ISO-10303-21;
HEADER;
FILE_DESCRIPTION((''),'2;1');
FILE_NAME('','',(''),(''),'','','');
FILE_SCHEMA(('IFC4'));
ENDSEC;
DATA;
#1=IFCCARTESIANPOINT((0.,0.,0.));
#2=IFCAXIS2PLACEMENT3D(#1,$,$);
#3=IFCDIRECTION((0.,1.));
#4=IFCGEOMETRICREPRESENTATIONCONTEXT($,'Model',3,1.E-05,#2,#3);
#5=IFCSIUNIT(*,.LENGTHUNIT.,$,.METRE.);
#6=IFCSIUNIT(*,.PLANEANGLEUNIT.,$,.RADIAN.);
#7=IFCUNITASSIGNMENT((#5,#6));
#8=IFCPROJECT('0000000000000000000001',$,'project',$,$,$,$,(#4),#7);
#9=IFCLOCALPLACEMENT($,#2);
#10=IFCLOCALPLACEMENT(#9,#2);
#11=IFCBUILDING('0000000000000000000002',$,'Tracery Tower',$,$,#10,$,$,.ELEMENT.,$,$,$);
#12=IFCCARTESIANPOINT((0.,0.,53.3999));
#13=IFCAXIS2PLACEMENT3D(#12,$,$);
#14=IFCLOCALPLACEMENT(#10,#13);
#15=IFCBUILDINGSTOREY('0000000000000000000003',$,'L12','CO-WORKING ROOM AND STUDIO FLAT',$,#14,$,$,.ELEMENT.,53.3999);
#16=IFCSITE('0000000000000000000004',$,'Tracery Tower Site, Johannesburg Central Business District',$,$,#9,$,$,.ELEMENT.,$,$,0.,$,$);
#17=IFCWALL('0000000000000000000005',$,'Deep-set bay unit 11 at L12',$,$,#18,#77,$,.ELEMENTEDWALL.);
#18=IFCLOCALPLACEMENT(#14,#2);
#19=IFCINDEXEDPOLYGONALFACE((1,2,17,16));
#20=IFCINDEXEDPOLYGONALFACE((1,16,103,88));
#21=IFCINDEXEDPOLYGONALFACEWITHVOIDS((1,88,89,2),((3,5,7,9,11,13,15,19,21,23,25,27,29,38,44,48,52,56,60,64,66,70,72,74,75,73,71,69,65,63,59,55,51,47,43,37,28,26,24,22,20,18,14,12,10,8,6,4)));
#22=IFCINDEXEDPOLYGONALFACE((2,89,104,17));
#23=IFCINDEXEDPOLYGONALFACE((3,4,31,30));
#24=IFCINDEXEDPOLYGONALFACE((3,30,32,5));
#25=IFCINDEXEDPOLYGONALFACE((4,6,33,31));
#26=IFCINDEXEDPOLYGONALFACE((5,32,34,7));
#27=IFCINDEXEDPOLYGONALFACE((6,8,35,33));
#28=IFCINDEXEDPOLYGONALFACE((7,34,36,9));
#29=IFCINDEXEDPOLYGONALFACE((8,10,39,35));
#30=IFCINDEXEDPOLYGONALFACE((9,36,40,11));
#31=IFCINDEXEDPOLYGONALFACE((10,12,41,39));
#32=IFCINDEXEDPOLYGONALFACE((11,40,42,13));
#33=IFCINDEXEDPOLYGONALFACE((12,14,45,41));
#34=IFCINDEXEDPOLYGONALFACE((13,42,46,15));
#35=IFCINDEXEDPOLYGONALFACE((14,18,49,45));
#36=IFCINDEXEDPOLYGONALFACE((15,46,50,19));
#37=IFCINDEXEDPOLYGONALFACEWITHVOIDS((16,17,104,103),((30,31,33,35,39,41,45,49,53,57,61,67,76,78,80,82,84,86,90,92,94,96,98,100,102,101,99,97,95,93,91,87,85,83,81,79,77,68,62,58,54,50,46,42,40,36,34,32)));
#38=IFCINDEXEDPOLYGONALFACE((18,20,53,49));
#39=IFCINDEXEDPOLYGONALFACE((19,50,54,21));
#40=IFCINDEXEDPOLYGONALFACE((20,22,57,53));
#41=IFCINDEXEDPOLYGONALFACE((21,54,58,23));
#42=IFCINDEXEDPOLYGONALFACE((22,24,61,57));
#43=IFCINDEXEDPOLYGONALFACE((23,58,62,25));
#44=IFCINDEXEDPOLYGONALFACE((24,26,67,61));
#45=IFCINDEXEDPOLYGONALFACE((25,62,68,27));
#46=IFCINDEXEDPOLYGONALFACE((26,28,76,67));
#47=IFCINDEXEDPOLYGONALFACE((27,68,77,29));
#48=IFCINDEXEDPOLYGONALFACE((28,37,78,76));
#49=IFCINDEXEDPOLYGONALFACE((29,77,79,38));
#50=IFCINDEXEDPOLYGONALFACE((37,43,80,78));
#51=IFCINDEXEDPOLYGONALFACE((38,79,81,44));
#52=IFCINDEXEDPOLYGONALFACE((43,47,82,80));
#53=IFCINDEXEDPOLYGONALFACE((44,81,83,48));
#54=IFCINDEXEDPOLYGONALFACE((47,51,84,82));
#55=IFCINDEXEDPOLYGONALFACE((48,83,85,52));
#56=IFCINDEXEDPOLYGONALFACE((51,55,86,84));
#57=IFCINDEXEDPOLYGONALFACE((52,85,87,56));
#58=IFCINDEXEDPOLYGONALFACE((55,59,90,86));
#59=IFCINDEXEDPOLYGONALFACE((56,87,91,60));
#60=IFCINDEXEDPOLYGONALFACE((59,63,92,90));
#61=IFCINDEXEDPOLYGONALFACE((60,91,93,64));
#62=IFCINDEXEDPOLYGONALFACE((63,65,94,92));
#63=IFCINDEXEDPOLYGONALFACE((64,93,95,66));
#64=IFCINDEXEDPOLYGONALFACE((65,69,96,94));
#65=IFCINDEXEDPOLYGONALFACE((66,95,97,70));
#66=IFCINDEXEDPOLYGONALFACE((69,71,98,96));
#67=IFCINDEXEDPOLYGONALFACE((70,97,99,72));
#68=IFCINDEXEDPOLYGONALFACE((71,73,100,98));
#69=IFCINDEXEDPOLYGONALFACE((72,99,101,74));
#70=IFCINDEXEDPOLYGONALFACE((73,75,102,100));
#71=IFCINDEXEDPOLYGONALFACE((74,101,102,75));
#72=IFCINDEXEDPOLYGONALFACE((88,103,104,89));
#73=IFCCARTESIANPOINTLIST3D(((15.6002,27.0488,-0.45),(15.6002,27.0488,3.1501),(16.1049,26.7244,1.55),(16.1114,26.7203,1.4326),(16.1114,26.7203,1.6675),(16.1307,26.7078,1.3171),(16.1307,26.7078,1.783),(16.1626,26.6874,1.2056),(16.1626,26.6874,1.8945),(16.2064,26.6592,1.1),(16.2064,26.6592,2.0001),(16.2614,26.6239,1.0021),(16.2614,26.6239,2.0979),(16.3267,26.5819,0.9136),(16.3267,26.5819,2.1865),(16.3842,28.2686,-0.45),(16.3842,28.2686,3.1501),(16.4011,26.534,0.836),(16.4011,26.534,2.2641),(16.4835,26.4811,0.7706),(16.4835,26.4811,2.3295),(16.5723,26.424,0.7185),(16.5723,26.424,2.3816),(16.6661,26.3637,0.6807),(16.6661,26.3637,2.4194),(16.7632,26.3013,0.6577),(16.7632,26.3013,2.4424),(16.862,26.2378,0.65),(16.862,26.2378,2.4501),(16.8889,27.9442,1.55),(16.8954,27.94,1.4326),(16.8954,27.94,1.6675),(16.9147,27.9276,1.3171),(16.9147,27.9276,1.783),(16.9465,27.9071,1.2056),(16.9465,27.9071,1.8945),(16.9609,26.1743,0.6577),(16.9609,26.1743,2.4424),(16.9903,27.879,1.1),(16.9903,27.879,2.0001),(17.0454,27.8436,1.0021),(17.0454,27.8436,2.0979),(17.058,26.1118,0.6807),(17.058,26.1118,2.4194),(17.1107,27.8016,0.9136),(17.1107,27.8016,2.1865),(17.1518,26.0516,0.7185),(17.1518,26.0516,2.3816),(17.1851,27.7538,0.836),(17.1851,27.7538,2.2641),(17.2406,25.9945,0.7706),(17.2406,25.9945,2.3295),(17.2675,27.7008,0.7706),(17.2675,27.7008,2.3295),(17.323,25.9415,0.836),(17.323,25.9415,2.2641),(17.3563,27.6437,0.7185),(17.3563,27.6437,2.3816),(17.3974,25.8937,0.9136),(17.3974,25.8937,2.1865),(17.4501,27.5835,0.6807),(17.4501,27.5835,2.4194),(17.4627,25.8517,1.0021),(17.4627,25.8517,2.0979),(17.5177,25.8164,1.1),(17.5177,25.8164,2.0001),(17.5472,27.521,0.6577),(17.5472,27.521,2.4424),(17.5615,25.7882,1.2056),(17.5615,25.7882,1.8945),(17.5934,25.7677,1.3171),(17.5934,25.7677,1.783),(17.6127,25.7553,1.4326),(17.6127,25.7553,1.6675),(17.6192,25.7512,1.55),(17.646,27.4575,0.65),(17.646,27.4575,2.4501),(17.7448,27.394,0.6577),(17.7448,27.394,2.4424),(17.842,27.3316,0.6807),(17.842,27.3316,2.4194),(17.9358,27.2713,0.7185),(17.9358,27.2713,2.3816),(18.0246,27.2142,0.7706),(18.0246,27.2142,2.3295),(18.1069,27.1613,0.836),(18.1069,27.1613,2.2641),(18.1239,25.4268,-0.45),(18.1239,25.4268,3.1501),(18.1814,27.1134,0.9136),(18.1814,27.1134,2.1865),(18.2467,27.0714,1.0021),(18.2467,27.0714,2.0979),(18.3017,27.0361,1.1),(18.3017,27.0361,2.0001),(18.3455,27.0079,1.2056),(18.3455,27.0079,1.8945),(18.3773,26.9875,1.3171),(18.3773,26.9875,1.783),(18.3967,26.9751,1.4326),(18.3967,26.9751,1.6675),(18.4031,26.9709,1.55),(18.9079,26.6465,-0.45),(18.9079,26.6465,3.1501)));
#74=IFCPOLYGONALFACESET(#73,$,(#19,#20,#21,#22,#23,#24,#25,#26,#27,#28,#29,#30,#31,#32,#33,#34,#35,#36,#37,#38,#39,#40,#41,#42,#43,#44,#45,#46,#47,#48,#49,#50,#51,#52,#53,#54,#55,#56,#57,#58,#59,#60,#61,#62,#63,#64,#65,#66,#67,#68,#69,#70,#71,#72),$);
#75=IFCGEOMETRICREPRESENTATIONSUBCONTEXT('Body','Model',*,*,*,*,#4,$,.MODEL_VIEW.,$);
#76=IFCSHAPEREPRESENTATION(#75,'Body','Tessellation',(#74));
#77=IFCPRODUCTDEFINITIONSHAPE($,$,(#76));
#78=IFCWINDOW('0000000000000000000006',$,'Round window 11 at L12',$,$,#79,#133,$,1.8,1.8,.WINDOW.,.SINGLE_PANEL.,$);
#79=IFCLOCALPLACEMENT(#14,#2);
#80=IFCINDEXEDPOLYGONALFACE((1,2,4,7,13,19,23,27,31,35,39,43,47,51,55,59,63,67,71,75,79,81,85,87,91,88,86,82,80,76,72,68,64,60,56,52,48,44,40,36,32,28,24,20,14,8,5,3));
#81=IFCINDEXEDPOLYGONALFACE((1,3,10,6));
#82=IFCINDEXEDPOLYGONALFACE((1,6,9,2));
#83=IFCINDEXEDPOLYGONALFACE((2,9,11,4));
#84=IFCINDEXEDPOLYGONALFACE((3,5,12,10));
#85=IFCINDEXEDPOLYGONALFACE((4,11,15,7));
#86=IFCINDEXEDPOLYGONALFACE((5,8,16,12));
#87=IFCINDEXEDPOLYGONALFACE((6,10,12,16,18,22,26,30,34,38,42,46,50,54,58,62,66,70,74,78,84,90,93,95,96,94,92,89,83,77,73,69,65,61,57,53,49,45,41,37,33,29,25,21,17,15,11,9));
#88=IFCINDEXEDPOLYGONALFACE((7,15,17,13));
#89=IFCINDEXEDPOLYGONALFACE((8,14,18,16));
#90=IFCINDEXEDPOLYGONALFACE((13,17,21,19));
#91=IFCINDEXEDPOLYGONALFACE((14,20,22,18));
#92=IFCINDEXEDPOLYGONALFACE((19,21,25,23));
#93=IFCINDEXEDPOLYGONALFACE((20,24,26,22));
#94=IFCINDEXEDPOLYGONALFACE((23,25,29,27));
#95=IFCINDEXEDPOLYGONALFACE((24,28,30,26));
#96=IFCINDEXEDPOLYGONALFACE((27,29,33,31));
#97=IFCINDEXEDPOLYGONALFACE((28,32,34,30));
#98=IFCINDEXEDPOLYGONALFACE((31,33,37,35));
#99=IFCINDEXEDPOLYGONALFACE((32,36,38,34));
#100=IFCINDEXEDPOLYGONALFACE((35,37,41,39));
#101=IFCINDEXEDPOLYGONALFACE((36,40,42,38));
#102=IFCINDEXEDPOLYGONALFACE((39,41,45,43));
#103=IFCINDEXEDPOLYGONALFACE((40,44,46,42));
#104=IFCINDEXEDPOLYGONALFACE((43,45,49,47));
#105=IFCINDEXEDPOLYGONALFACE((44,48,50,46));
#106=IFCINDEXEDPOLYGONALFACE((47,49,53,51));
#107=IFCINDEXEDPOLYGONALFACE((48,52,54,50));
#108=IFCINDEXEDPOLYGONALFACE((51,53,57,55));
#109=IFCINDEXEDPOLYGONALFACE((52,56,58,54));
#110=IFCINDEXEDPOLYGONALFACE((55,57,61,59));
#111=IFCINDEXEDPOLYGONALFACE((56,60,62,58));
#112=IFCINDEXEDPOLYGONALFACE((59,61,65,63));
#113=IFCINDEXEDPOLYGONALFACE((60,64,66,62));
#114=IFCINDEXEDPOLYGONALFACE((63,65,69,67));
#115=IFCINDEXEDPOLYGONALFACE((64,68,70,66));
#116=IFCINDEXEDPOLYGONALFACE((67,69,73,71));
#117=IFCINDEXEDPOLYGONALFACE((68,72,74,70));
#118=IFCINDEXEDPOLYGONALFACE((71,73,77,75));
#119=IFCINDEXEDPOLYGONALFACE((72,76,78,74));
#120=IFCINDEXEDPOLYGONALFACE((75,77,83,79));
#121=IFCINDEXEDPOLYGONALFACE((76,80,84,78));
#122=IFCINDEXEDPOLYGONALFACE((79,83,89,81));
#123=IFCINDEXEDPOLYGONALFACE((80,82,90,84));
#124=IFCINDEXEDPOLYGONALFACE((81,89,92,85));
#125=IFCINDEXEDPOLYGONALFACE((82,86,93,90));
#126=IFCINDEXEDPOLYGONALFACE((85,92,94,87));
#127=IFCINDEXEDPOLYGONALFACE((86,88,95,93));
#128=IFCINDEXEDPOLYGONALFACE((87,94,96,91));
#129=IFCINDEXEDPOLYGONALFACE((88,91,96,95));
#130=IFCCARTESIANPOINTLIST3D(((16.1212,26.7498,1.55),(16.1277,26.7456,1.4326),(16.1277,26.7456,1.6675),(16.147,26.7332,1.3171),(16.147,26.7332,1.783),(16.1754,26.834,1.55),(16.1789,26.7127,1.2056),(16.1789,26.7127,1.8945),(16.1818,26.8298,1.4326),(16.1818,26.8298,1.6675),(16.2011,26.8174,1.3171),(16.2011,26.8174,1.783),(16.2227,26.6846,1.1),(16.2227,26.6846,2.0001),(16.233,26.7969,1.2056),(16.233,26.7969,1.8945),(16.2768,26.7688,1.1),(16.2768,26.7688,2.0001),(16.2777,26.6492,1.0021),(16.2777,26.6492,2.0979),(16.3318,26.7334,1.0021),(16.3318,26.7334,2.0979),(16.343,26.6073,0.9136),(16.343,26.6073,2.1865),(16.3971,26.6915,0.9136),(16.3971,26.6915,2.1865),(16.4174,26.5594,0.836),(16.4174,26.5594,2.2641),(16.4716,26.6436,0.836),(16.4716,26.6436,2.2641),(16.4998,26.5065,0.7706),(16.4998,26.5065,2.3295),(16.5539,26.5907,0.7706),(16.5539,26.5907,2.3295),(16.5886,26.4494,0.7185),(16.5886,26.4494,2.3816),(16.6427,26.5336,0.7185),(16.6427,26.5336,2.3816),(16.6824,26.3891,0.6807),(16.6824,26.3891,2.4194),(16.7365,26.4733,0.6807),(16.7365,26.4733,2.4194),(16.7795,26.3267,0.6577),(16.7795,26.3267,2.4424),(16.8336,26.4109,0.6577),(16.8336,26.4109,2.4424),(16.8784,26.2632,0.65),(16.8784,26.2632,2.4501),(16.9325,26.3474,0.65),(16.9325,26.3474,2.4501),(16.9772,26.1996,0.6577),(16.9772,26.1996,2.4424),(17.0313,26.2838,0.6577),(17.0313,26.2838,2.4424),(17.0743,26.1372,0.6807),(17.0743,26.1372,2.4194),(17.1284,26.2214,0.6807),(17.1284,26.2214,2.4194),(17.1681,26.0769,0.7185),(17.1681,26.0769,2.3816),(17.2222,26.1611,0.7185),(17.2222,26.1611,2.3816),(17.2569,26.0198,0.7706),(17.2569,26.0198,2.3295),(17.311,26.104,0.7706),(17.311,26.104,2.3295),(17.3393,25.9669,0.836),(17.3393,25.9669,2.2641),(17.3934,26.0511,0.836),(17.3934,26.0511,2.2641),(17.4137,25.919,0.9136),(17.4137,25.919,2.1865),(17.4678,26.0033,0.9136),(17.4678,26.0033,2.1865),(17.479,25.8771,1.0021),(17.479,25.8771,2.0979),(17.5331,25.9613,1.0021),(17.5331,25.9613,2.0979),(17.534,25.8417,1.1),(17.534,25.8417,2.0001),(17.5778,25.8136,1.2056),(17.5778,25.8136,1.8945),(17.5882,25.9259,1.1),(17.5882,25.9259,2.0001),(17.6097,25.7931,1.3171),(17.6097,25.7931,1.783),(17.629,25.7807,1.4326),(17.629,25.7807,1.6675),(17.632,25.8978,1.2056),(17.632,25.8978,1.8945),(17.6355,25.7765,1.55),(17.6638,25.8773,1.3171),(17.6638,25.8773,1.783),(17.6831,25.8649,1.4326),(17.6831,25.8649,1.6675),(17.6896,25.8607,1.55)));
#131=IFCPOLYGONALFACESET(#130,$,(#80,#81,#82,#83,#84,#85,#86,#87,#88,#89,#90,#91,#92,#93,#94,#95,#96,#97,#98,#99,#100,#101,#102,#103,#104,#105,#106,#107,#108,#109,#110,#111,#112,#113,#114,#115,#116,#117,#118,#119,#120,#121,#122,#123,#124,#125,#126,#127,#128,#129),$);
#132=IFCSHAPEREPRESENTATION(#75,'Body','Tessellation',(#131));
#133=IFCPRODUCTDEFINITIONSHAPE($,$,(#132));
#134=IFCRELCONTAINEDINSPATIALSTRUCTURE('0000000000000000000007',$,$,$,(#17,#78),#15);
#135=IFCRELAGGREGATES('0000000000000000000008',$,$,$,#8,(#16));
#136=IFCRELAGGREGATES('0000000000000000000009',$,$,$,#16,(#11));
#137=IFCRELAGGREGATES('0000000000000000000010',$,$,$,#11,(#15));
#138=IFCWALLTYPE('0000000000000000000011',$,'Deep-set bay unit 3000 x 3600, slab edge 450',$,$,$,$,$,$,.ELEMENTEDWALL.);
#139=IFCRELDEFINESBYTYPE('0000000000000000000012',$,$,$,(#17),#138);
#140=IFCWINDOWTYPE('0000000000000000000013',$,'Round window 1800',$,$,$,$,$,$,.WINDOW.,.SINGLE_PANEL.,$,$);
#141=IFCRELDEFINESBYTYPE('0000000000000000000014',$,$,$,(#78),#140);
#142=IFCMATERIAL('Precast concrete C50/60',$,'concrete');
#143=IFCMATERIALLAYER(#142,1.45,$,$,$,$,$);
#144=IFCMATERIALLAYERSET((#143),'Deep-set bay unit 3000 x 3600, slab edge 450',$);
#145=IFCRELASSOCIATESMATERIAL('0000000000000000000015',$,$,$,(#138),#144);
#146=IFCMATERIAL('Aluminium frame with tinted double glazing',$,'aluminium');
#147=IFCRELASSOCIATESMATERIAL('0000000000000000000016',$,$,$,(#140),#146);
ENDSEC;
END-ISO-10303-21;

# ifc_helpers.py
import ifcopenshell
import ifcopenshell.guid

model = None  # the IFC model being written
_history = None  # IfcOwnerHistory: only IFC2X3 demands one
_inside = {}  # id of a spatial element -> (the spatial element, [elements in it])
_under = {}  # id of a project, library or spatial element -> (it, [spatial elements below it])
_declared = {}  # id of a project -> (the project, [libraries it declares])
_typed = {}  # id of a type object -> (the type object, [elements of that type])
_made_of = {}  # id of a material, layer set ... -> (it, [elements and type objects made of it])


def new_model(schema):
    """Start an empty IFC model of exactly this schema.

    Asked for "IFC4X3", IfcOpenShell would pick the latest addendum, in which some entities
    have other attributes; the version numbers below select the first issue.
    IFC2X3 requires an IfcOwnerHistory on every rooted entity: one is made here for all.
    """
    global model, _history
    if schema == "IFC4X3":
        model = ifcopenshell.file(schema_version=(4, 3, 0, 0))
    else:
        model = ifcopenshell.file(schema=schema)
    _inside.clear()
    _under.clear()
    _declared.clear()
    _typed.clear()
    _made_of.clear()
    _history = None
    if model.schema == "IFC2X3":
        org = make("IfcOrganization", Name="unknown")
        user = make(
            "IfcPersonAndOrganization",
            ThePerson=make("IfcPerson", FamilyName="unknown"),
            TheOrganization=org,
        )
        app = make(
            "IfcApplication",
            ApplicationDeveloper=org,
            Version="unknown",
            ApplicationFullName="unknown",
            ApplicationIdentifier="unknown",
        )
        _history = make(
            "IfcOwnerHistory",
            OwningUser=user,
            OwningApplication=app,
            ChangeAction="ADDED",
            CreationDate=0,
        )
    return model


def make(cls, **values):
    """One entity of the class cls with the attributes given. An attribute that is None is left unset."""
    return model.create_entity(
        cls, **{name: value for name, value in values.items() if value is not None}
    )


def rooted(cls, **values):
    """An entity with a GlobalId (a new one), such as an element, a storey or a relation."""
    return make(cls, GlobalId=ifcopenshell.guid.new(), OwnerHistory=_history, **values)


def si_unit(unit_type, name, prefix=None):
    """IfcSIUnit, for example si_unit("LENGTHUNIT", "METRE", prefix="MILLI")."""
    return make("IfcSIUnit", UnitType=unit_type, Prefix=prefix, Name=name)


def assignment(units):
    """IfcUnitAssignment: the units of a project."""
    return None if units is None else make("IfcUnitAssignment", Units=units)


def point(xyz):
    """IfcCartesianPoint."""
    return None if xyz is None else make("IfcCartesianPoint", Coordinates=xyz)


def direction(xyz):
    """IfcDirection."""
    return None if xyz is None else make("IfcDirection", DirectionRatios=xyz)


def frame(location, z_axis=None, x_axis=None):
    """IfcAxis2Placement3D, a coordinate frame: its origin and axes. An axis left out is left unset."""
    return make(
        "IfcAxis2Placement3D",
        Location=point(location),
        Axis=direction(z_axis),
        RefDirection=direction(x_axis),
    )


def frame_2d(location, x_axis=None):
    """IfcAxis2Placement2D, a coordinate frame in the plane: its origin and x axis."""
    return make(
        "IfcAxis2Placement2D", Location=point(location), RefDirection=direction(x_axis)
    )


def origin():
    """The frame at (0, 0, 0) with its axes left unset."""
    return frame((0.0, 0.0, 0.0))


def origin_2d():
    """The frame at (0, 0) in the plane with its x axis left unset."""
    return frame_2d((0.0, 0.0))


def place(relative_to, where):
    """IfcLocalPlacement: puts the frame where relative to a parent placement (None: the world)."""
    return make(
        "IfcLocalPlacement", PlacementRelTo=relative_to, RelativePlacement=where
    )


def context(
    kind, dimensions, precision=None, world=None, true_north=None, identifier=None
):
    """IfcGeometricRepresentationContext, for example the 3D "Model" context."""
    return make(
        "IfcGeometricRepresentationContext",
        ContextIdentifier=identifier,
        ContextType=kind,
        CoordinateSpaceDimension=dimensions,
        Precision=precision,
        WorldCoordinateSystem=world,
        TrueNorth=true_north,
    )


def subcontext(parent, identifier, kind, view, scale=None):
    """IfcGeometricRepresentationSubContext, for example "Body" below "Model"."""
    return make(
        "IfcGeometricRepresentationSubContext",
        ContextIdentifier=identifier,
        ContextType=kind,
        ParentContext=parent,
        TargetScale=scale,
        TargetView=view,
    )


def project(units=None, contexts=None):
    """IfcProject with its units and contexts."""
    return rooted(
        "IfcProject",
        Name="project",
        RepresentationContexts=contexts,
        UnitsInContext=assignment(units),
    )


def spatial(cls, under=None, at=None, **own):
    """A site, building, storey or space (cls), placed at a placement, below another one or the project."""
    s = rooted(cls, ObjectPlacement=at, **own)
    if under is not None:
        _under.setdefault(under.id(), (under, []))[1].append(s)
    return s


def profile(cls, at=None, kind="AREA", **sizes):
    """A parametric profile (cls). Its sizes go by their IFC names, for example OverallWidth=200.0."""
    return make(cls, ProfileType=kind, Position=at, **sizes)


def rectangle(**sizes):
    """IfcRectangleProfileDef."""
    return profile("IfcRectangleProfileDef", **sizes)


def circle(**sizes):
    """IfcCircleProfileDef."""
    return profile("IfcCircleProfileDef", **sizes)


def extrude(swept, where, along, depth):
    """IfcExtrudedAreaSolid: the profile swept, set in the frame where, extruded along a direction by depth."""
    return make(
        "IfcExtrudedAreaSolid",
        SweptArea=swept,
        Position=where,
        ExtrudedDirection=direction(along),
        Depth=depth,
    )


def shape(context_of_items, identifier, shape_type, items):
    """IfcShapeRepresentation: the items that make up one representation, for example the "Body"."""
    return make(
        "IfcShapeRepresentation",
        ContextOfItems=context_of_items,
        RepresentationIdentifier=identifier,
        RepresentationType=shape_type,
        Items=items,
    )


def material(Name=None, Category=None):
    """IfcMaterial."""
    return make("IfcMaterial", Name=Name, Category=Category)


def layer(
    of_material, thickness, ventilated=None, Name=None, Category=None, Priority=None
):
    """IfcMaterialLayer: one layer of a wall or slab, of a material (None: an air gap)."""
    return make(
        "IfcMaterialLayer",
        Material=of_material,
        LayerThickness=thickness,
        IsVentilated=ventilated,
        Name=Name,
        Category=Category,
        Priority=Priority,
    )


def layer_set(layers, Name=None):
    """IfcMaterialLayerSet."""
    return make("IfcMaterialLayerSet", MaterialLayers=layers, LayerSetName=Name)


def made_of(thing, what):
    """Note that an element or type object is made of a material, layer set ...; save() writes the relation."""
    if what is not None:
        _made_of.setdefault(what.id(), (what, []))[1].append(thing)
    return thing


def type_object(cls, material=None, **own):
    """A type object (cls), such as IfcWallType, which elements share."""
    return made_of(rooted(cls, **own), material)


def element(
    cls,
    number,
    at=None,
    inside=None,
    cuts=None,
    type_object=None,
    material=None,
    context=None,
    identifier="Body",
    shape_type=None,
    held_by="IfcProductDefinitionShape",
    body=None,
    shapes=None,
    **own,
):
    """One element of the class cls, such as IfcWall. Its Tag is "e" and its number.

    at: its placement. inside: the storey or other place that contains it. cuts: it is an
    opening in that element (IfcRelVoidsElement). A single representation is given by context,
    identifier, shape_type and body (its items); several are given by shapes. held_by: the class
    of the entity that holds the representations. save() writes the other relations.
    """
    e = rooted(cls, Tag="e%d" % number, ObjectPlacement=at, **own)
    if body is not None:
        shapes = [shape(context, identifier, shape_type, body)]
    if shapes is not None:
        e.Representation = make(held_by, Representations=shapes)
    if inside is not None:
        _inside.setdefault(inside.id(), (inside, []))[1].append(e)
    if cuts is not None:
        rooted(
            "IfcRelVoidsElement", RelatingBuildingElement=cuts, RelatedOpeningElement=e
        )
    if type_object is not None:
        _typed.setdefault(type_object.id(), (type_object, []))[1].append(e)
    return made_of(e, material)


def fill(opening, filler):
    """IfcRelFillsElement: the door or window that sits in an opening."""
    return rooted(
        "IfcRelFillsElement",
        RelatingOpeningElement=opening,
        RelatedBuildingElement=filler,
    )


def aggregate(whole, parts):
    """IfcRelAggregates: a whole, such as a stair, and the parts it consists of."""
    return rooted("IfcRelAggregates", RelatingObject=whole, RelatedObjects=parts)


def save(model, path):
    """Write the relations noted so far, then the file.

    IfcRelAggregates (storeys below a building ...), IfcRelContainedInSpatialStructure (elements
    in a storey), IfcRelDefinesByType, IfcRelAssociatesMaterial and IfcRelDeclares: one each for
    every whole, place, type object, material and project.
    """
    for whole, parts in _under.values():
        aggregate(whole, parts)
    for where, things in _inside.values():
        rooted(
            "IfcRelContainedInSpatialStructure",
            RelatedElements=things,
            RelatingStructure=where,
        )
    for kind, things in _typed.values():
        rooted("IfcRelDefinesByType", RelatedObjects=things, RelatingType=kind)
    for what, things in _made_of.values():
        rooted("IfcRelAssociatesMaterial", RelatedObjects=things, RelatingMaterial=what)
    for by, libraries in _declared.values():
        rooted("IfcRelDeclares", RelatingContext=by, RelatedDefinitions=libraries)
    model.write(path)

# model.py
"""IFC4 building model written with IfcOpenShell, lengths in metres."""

from ifc_helpers import new_model, si_unit, direction, frame, frame_2d, origin, origin_2d, place, context, subcontext, project, spatial, rectangle, circle, extrude, material, layer, layer_set, type_object, element, fill, save


model = new_model("IFC4")

# Units and contexts
model_context = context("Model", 3, precision=1e-05, world=origin(), true_north=direction((0.0, 1.0)))
body_context = subcontext(model_context, "Body", "Model", "MODEL_VIEW")
ifc_project = project(units=[si_unit("LENGTHUNIT", "METRE"), si_unit("PLANEANGLEUNIT", "RADIAN")], contexts=[model_context])

# Site, building, storey
site_placement = place(None, origin())
site = spatial("IfcSite", under=ifc_project, at=site_placement, Name="Tracery Tower Site, Johannesburg Central Business District", CompositionType="ELEMENT", RefElevation=0.0)
building_placement = place(site_placement, origin())
building = spatial("IfcBuilding", under=site, at=building_placement, Name="Tracery Tower", CompositionType="ELEMENT")
storey_placement = place(building_placement, frame((0.0, 0.0, 53.3999)))
storey = spatial("IfcBuildingStorey", under=building, at=storey_placement, Name="L12", Description="CO-WORKING ROOM AND STUDIO FLAT", CompositionType="ELEMENT", Elevation=53.3999)

# Wall, opening, window
ifc_material_1 = material(Name="Precast concrete C50/60", Category="concrete")
ifc_layer_1 = layer(ifc_material_1, 1.45)
ifc_layer_set_1 = layer_set([ifc_layer_1], Name="Deep-set bay unit 3000 x 3600, slab edge 450")
wall_type_1 = type_object("IfcWallType", Name="Deep-set bay unit 3000 x 3600, slab edge 450", PredefinedType="ELEMENTEDWALL", material=ifc_layer_set_1)
ifc_material_2 = material(Name="Aluminium frame with tinted double glazing", Category="aluminium")
window_type = type_object("IfcWindowType", Name="Round window 1800", PartitioningType="SINGLE_PANEL", PredefinedType="WINDOW", material=ifc_material_2)
wall_1_placement = place(storey_placement, frame((18.5159, 26.0366, -0.45), z_axis=(0.0, 0.0, 1.0), x_axis=(-0.841223, 0.540688, 0.0)))
wall_1 = element("IfcWall", 1, at=wall_1_placement, inside=storey, type_object=wall_type_1, Name="Deep-set bay unit 11 at L12", PredefinedType="ELEMENTEDWALL", context=body_context, shape_type="SweptSolid", body=[
    extrude(rectangle(XDim=3.0, YDim=1.45, at=frame_2d((1.5, 0.0))), origin(), (0.0, 0.0, 1.0), 3.6001),
])
opening_1_placement = place(wall_1_placement, frame((1.5, 0.0, 2.0)))
opening_1 = element("IfcOpeningElement", 2, at=opening_1_placement, cuts=wall_1, PredefinedType="OPENING", context=body_context, shape_type="SweptSolid", body=[
    extrude(circle(Radius=0.9, at=origin_2d()), frame((0.0, 0.7349, 0.0), z_axis=(0.0, -1.0, 0.0), x_axis=(1.0, 0.0, 0.0)), (0.0, 0.0, 1.0), 1.47),
])
window_1_placement = place(opening_1_placement, origin())
window_1 = element("IfcWindow", 3, at=window_1_placement, inside=storey, type_object=window_type, Name="Round window 11 at L12", OverallHeight=1.8, OverallWidth=1.8, PartitioningType="SINGLE_PANEL", PredefinedType="WINDOW", context=body_context, shape_type="SweptSolid", body=[
    extrude(circle(Radius=0.9, at=origin_2d()), frame((0.0, 0.6948, 0.0), z_axis=(0.0, -1.0, 0.0), x_axis=(1.0, 0.0, 0.0)), (0.0, 0.0, 1.0), 0.1001),
])
fill(opening_1, window_1)

save(model, "model.ifc")
